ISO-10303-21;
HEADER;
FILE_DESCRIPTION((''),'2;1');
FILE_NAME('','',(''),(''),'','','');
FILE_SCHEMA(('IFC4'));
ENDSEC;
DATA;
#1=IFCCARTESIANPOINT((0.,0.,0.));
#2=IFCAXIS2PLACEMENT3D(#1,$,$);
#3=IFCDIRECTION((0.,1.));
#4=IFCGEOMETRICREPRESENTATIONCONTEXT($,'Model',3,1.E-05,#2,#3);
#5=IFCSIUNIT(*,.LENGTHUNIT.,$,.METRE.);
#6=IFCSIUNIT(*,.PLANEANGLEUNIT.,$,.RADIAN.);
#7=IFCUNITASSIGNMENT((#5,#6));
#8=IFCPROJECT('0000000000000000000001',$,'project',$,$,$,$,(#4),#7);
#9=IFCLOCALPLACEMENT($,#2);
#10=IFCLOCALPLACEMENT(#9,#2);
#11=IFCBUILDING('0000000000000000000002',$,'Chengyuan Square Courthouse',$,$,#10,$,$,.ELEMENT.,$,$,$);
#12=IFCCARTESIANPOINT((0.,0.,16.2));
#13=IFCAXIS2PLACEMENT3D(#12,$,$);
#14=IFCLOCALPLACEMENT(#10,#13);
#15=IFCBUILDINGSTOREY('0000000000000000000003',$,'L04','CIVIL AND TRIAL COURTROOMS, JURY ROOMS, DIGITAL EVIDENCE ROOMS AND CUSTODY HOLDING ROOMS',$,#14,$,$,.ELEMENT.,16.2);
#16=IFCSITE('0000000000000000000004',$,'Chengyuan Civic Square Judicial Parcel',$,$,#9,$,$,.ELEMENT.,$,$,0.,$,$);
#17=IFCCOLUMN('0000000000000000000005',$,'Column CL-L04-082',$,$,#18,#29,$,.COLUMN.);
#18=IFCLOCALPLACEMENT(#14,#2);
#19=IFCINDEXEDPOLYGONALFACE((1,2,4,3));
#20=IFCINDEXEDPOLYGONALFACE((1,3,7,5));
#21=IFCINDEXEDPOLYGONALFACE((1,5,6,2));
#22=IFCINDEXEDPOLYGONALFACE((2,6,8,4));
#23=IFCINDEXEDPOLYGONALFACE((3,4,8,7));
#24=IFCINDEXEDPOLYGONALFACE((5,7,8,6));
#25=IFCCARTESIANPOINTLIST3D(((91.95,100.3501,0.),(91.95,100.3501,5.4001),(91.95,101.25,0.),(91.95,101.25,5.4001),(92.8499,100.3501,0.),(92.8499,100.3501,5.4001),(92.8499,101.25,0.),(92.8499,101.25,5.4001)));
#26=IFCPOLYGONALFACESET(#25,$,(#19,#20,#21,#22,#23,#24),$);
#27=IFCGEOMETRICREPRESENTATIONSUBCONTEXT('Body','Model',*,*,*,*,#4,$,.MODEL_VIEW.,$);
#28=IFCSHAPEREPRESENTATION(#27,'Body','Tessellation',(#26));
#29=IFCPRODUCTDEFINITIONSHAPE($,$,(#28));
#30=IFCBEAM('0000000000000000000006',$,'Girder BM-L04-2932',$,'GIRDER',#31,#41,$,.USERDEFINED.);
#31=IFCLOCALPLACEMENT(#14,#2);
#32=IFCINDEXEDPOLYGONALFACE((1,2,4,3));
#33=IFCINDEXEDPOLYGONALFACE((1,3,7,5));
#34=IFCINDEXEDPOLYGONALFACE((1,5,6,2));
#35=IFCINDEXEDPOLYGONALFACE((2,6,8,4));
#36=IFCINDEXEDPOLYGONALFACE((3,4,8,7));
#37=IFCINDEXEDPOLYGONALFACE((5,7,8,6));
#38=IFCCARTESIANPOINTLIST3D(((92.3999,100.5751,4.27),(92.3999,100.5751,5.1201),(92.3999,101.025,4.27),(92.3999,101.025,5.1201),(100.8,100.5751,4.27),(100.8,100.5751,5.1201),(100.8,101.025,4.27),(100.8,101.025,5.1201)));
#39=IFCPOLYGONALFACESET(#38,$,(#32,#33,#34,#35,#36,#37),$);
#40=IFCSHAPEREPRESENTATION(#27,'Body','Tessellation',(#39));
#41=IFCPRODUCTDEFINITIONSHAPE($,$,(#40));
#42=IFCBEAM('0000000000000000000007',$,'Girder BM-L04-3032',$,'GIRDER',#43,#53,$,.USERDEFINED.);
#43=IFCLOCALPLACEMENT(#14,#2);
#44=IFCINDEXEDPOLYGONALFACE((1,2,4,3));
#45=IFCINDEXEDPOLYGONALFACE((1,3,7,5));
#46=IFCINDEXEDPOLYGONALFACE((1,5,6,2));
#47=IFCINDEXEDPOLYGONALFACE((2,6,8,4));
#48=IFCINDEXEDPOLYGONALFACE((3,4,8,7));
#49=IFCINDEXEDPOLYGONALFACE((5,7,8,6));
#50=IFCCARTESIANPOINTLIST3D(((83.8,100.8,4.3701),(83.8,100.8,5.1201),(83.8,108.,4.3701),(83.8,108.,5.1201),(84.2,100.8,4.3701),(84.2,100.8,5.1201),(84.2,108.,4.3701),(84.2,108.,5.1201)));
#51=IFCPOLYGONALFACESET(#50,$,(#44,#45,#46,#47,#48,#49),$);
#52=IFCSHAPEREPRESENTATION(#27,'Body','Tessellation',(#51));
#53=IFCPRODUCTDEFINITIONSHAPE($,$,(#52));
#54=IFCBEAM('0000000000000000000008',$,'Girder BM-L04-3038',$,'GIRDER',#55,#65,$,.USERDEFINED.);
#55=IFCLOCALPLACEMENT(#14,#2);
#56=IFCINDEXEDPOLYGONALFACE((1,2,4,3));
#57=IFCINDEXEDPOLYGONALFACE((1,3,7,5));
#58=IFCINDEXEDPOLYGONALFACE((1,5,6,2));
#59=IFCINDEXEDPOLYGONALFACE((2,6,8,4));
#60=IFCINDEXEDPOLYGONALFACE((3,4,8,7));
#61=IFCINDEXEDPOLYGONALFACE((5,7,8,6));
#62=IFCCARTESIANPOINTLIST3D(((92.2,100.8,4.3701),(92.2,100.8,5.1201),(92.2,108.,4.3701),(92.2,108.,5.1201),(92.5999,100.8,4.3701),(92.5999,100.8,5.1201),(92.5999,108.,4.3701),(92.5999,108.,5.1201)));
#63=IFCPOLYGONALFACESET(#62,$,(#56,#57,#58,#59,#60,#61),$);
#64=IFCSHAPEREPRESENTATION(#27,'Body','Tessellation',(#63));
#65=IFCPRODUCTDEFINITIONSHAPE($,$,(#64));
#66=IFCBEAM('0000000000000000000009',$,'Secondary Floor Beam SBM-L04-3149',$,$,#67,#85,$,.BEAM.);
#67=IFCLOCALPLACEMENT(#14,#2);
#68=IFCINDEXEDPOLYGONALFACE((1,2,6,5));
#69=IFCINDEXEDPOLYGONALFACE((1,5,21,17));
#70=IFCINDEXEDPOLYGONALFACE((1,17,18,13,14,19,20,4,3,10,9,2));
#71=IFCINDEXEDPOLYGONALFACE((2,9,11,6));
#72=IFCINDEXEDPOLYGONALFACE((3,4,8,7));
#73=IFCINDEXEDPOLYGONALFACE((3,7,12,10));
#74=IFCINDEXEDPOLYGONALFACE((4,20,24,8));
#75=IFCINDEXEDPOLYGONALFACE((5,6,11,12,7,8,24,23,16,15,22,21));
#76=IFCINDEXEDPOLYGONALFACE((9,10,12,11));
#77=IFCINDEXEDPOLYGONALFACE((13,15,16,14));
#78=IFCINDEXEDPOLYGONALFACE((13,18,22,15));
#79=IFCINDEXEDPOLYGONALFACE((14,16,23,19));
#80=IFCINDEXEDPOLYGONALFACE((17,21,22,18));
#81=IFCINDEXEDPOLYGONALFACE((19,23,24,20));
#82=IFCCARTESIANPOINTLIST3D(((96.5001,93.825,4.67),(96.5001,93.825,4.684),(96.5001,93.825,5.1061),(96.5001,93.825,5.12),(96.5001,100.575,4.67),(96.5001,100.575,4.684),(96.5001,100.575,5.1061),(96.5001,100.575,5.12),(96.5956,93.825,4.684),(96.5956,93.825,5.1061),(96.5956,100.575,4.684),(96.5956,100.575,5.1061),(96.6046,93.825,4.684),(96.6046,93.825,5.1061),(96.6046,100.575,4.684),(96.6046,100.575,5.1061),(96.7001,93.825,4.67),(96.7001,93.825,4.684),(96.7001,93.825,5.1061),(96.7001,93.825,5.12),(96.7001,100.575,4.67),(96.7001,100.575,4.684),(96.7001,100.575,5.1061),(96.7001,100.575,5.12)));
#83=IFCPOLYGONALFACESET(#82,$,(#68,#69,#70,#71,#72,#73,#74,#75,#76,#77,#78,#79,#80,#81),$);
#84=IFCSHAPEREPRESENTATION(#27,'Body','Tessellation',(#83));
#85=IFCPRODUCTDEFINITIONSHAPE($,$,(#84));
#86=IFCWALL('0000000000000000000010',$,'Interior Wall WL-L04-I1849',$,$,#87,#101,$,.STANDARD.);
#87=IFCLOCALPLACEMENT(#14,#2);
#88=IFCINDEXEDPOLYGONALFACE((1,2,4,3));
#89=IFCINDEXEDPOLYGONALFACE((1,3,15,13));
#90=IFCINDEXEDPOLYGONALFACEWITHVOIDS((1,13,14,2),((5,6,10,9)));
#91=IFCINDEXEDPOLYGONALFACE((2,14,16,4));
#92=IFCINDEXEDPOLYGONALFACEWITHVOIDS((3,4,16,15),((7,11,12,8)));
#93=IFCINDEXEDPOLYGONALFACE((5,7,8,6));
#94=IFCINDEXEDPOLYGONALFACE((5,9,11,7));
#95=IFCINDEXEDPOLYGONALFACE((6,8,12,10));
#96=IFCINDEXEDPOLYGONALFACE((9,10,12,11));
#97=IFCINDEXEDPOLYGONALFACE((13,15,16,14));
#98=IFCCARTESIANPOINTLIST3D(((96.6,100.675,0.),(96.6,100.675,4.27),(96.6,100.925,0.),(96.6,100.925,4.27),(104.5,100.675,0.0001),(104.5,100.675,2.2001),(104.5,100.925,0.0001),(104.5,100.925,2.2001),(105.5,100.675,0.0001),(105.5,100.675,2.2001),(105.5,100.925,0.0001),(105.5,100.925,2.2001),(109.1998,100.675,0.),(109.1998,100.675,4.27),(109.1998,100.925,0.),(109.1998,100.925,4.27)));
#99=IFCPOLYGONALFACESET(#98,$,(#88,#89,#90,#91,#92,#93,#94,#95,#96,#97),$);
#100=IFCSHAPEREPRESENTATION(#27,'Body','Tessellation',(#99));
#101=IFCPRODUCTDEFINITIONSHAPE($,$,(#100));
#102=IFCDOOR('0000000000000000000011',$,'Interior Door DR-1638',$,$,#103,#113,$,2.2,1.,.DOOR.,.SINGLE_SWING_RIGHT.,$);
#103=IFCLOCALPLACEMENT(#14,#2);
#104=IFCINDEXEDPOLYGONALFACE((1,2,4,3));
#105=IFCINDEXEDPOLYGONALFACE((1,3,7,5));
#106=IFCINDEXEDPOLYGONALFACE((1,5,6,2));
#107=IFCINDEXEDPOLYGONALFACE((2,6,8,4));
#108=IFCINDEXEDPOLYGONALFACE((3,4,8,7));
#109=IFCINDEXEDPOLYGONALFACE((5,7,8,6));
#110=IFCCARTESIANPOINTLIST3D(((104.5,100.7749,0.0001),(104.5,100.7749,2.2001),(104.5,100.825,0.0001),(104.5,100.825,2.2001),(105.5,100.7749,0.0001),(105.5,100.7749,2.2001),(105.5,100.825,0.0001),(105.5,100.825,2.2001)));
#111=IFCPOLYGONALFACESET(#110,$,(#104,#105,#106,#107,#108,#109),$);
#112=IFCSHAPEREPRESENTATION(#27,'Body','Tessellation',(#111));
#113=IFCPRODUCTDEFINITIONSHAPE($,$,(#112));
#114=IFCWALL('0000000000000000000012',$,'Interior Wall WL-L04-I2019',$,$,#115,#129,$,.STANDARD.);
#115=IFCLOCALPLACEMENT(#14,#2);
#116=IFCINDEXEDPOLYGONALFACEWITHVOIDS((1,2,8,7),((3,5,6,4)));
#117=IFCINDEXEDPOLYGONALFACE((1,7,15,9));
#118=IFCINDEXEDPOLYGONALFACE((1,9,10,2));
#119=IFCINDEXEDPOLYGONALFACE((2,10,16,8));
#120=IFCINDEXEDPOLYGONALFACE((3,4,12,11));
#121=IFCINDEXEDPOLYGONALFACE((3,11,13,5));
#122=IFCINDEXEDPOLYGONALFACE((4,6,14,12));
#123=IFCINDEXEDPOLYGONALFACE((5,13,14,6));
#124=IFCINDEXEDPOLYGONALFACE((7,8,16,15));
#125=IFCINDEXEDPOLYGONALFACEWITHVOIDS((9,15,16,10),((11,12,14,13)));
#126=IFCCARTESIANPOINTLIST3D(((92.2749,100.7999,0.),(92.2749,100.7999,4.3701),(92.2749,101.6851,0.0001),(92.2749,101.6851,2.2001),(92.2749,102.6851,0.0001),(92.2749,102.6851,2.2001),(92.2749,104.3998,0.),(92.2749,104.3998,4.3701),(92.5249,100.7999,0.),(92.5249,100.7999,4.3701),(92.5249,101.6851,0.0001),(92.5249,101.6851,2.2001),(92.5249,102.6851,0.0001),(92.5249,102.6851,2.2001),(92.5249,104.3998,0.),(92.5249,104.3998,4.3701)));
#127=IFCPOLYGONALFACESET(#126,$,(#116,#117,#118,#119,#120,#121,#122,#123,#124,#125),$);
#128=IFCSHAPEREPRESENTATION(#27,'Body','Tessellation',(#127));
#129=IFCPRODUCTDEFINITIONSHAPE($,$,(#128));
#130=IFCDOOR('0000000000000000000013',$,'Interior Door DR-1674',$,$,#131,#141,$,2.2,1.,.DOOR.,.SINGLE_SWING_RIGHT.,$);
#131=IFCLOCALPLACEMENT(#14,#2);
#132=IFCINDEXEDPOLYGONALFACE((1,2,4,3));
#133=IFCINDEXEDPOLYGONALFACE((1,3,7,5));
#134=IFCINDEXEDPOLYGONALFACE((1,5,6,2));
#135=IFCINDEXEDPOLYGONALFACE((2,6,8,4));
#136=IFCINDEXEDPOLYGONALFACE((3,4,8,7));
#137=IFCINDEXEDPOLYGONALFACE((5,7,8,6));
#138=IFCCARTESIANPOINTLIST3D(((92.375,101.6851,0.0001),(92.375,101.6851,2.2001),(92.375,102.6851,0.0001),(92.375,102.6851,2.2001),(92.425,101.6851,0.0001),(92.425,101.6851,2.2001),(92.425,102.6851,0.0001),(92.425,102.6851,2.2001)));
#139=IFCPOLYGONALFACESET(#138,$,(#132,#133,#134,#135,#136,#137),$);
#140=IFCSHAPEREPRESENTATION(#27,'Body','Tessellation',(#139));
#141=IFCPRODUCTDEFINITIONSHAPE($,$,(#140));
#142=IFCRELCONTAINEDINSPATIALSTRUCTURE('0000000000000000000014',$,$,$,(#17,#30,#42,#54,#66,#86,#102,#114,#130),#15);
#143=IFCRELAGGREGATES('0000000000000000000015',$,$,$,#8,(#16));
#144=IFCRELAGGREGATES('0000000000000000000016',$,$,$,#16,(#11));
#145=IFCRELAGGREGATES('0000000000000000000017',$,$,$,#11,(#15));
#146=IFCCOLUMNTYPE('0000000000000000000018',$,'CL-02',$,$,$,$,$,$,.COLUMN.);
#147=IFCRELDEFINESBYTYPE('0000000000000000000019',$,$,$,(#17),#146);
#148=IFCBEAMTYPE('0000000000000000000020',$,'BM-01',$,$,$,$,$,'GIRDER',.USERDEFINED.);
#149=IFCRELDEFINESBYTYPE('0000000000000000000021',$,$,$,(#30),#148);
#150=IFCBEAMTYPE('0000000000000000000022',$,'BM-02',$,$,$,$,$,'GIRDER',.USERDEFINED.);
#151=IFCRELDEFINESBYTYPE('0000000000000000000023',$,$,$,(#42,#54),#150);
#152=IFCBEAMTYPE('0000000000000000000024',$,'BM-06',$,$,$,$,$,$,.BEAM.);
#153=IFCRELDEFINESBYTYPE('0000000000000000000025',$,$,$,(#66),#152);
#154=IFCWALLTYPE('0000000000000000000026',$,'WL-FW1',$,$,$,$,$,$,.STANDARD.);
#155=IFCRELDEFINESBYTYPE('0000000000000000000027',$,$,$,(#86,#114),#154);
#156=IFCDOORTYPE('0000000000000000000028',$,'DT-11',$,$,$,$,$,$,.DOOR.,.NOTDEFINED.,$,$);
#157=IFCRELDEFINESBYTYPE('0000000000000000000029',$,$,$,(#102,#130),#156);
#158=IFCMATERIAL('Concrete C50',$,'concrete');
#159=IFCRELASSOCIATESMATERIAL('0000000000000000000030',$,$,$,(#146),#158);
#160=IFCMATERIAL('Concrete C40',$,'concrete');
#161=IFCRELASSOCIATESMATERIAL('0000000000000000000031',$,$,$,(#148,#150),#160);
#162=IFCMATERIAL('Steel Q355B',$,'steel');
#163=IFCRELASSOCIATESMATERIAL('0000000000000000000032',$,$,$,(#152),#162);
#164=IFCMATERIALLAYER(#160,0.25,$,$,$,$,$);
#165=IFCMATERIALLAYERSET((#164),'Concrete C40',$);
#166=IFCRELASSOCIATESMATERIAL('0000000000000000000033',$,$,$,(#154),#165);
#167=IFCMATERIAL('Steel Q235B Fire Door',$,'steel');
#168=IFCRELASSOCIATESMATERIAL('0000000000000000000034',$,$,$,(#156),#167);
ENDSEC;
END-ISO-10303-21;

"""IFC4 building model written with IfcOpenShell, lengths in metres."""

from ifc_helpers import new_model, si_unit, direction, frame, frame_2d, origin, origin_2d, place, context, subcontext, project, spatial, rectangle, i_section, extrude, material, layer, layer_set, material_profile, profile_set, type_object, element, fill, save


model = new_model("IFC4")

# Units and contexts
model_context = context("Model", 3, precision=1e-05, world=origin(), true_north=direction((0.0, 1.0)))
body_context = subcontext(model_context, "Body", "Model", "MODEL_VIEW")
ifc_project = project(units=[si_unit("LENGTHUNIT", "METRE"), si_unit("PLANEANGLEUNIT", "RADIAN")], contexts=[model_context])

# Site, building, storey
site_placement = place(None, origin())
site = spatial("IfcSite", under=ifc_project, at=site_placement, Name="Chengyuan Civic Square Judicial Parcel", CompositionType="ELEMENT", RefElevation=0.0)
building_placement = place(site_placement, origin())
building = spatial("IfcBuilding", under=site, at=building_placement, Name="Chengyuan Square Courthouse", CompositionType="ELEMENT")
storey_placement = place(building_placement, frame((0.0, 0.0, 16.2)))
storey = spatial("IfcBuildingStorey", under=building, at=storey_placement, Name="L04", Description="CIVIL AND TRIAL COURTROOMS, JURY ROOMS, DIGITAL EVIDENCE ROOMS AND CUSTODY HOLDING ROOMS", CompositionType="ELEMENT", Elevation=16.2)

# Column
ifc_material_1 = material(Name="Concrete C50", Category="concrete")
ifc_material_profile_1 = material_profile(ifc_material_1, rectangle(XDim=0.8999, YDim=0.8999, at=origin_2d()), Name="RC-COL-900x900")
ifc_profile_set_1 = profile_set([ifc_material_profile_1], Name="Concrete C50")
column_type = type_object("IfcColumnType", Name="CL-02", PredefinedType="COLUMN", material=ifc_profile_set_1)
column_placement = place(storey_placement, frame((92.3999, 100.8, 0.0), z_axis=(0.0, 0.0, 1.0), x_axis=(1.0, 0.0, 0.0)))
element("IfcColumn", 1, at=column_placement, inside=storey, type_object=column_type, Name="Column CL-L04-082", PredefinedType="COLUMN", context=body_context, shape_type="SweptSolid", body=[
    extrude(rectangle(XDim=0.8999, YDim=0.8999, at=origin_2d()), origin(), (0.0, 0.0, 1.0), 5.4001),
])

# Beams
ifc_material_2 = material(Name="Concrete C40", Category="concrete")
ifc_material_profile_2 = material_profile(ifc_material_2, rectangle(XDim=0.45, YDim=0.8501, at=origin_2d()), Name="RC-BM-450x850")
ifc_profile_set_2 = profile_set([ifc_material_profile_2], Name="Concrete C40")
beam_type_1 = type_object("IfcBeamType", Name="BM-01", ElementType="GIRDER", PredefinedType="USERDEFINED", material=ifc_profile_set_2)
beam_1_placement = place(storey_placement, frame((92.3999, 100.8, 4.6951), z_axis=(1.0, 0.0, 0.0), x_axis=(0.0, 1.0, 0.0)))
element("IfcBeam", 2, at=beam_1_placement, inside=storey, type_object=beam_type_1, Name="Girder BM-L04-2932", ObjectType="GIRDER", PredefinedType="USERDEFINED", context=body_context, shape_type="SweptSolid", body=[
    extrude(rectangle(XDim=0.45, YDim=0.8501, at=origin_2d()), origin(), (0.0, 0.0, 1.0), 8.4001),
])
ifc_material_profile_3 = material_profile(ifc_material_2, rectangle(XDim=0.3999, YDim=0.75, at=origin_2d()), Name="RC-BM-400x750")
ifc_profile_set_3 = profile_set([ifc_material_profile_3], Name="Concrete C40")
beam_type_2 = type_object("IfcBeamType", Name="BM-02", ElementType="GIRDER", PredefinedType="USERDEFINED", material=ifc_profile_set_3)
for number, where, z_axis, x_axis, name in (
    (3, (84.0, 100.8, 4.7451), (0.0, 1.0, 0.0), (-1.0, 0.0, 0.0), "Girder BM-L04-3032"),
    (4, (92.3999, 100.8, 4.7451), (0.0, 1.0, 0.0), (-1.0, 0.0, 0.0), "Girder BM-L04-3038"),
):
    element("IfcBeam", number, at=place(storey_placement, frame(where, z_axis=z_axis, x_axis=x_axis)), inside=storey, type_object=beam_type_2, Name=name, ObjectType="GIRDER", PredefinedType="USERDEFINED", context=body_context, shape_type="SweptSolid", body=[
        extrude(rectangle(XDim=0.3999, YDim=0.75, at=origin_2d()), origin(), (0.0, 0.0, 1.0), 7.2),
    ])
ifc_material_3 = material(Name="Steel Q355B", Category="steel")
ifc_material_profile_4 = material_profile(ifc_material_3, i_section(OverallWidth=0.2, OverallDepth=0.45, WebThickness=0.009, FlangeThickness=0.0139, at=origin_2d()), Name="HN 450x200x9x14")
ifc_profile_set_4 = profile_set([ifc_material_profile_4], Name="Steel Q355B")
beam_type_3 = type_object("IfcBeamType", Name="BM-06", PredefinedType="BEAM", material=ifc_profile_set_4)
beam_2_placement = place(storey_placement, frame((96.6001, 93.825, 4.895), z_axis=(0.0, 1.0, 0.0), x_axis=(-1.0, 0.0, 0.0)))
element("IfcBeam", 5, at=beam_2_placement, inside=storey, type_object=beam_type_3, Name="Secondary Floor Beam SBM-L04-3149", PredefinedType="BEAM", context=body_context, shape_type="SweptSolid", body=[
    extrude(i_section(OverallWidth=0.2, OverallDepth=0.45, WebThickness=0.009, FlangeThickness=0.0139, at=origin_2d()), origin(), (0.0, 0.0, 1.0), 6.75),
])

# Walls, openings, doors
ifc_layer_1 = layer(ifc_material_2, 0.25)
ifc_layer_set_1 = layer_set([ifc_layer_1], Name="Concrete C40")
wall_type_1 = type_object("IfcWallType", Name="WL-FW1", PredefinedType="STANDARD", material=ifc_layer_set_1)
wall_1_placement = place(storey_placement, frame((96.6001, 100.8, 0.0), z_axis=(0.0, 0.0, 1.0), x_axis=(1.0, 0.0, 0.0)))
wall_1 = element("IfcWall", 6, at=wall_1_placement, inside=storey, type_object=wall_type_1, Name="Interior Wall WL-L04-I1849", PredefinedType="STANDARD", context=body_context, shape_type="SweptSolid", body=[
    extrude(rectangle(XDim=12.5999, YDim=0.25, at=frame_2d((6.2998, 0.0))), origin(), (0.0, 0.0, 1.0), 4.27),
])
opening_1_placement = place(wall_1_placement, frame((7.8999, 0.0, 0.0)))
opening_1 = element("IfcOpeningElement", 7, at=opening_1_placement, cuts=wall_1, PredefinedType="OPENING", context=body_context, shape_type="SweptSolid", body=[
    extrude(rectangle(XDim=1.0, YDim=2.2, at=frame_2d((0.5, 1.1001))), frame((0.0, 0.137, 0.0), z_axis=(0.0, -1.0, 0.0), x_axis=(1.0, 0.0, 0.0)), (0.0, 0.0, 1.0), 0.2739),
])
ifc_material_4 = material(Name="Steel Q235B Fire Door", Category="steel")
door_type_1 = type_object("IfcDoorType", Name="DT-11", OperationType="NOTDEFINED", PredefinedType="DOOR", material=ifc_material_4)
door_1_placement = place(opening_1_placement, origin())
door_1 = element("IfcDoor", 8, at=door_1_placement, inside=storey, type_object=door_type_1, Name="Interior Door DR-1638", OperationType="SINGLE_SWING_RIGHT", OverallHeight=2.2, OverallWidth=1.0, PredefinedType="DOOR", context=body_context, shape_type="SweptSolid", body=[
    extrude(rectangle(XDim=1.0, YDim=2.2, at=frame_2d((0.5, 1.1001))), frame((0.0, 0.0249, 0.0), z_axis=(0.0, -1.0, 0.0), x_axis=(1.0, 0.0, 0.0)), (0.0, 0.0, 1.0), 0.05),
])
fill(opening_1, door_1)
wall_2_placement = place(storey_placement, frame((92.3999, 100.8, 0.0), z_axis=(0.0, 0.0, 1.0), x_axis=(0.0, 1.0, 0.0)))
wall_2 = element("IfcWall", 9, at=wall_2_placement, inside=storey, type_object=wall_type_1, Name="Interior Wall WL-L04-I2019", PredefinedType="STANDARD", context=body_context, shape_type="SweptSolid", body=[
    extrude(rectangle(XDim=3.5999, YDim=0.25, at=frame_2d((1.7998, 0.0))), origin(), (0.0, 0.0, 1.0), 4.3701),
])
opening_2_placement = place(wall_2_placement, frame((0.885, 0.0, 0.0)))
opening_2 = element("IfcOpeningElement", 10, at=opening_2_placement, cuts=wall_2, PredefinedType="OPENING", context=body_context, shape_type="SweptSolid", body=[
    extrude(rectangle(XDim=1.0, YDim=2.2, at=frame_2d((0.5, 1.1001))), frame((0.0, 0.137, 0.0), z_axis=(0.0, -1.0, 0.0), x_axis=(1.0, 0.0, 0.0)), (0.0, 0.0, 1.0), 0.2739),
])
door_2_placement = place(opening_2_placement, origin())
door_2 = element("IfcDoor", 11, at=door_2_placement, inside=storey, type_object=door_type_1, Name="Interior Door DR-1674", OperationType="SINGLE_SWING_RIGHT", OverallHeight=2.2, OverallWidth=1.0, PredefinedType="DOOR", context=body_context, shape_type="SweptSolid", body=[
    extrude(rectangle(XDim=1.0, YDim=2.2, at=frame_2d((0.5, 1.1001))), frame((0.0, 0.0249, 0.0), z_axis=(0.0, -1.0, 0.0), x_axis=(1.0, 0.0, 0.0)), (0.0, 0.0, 1.0), 0.05),
])
fill(opening_2, door_2)

save(model, "model.ifc")
